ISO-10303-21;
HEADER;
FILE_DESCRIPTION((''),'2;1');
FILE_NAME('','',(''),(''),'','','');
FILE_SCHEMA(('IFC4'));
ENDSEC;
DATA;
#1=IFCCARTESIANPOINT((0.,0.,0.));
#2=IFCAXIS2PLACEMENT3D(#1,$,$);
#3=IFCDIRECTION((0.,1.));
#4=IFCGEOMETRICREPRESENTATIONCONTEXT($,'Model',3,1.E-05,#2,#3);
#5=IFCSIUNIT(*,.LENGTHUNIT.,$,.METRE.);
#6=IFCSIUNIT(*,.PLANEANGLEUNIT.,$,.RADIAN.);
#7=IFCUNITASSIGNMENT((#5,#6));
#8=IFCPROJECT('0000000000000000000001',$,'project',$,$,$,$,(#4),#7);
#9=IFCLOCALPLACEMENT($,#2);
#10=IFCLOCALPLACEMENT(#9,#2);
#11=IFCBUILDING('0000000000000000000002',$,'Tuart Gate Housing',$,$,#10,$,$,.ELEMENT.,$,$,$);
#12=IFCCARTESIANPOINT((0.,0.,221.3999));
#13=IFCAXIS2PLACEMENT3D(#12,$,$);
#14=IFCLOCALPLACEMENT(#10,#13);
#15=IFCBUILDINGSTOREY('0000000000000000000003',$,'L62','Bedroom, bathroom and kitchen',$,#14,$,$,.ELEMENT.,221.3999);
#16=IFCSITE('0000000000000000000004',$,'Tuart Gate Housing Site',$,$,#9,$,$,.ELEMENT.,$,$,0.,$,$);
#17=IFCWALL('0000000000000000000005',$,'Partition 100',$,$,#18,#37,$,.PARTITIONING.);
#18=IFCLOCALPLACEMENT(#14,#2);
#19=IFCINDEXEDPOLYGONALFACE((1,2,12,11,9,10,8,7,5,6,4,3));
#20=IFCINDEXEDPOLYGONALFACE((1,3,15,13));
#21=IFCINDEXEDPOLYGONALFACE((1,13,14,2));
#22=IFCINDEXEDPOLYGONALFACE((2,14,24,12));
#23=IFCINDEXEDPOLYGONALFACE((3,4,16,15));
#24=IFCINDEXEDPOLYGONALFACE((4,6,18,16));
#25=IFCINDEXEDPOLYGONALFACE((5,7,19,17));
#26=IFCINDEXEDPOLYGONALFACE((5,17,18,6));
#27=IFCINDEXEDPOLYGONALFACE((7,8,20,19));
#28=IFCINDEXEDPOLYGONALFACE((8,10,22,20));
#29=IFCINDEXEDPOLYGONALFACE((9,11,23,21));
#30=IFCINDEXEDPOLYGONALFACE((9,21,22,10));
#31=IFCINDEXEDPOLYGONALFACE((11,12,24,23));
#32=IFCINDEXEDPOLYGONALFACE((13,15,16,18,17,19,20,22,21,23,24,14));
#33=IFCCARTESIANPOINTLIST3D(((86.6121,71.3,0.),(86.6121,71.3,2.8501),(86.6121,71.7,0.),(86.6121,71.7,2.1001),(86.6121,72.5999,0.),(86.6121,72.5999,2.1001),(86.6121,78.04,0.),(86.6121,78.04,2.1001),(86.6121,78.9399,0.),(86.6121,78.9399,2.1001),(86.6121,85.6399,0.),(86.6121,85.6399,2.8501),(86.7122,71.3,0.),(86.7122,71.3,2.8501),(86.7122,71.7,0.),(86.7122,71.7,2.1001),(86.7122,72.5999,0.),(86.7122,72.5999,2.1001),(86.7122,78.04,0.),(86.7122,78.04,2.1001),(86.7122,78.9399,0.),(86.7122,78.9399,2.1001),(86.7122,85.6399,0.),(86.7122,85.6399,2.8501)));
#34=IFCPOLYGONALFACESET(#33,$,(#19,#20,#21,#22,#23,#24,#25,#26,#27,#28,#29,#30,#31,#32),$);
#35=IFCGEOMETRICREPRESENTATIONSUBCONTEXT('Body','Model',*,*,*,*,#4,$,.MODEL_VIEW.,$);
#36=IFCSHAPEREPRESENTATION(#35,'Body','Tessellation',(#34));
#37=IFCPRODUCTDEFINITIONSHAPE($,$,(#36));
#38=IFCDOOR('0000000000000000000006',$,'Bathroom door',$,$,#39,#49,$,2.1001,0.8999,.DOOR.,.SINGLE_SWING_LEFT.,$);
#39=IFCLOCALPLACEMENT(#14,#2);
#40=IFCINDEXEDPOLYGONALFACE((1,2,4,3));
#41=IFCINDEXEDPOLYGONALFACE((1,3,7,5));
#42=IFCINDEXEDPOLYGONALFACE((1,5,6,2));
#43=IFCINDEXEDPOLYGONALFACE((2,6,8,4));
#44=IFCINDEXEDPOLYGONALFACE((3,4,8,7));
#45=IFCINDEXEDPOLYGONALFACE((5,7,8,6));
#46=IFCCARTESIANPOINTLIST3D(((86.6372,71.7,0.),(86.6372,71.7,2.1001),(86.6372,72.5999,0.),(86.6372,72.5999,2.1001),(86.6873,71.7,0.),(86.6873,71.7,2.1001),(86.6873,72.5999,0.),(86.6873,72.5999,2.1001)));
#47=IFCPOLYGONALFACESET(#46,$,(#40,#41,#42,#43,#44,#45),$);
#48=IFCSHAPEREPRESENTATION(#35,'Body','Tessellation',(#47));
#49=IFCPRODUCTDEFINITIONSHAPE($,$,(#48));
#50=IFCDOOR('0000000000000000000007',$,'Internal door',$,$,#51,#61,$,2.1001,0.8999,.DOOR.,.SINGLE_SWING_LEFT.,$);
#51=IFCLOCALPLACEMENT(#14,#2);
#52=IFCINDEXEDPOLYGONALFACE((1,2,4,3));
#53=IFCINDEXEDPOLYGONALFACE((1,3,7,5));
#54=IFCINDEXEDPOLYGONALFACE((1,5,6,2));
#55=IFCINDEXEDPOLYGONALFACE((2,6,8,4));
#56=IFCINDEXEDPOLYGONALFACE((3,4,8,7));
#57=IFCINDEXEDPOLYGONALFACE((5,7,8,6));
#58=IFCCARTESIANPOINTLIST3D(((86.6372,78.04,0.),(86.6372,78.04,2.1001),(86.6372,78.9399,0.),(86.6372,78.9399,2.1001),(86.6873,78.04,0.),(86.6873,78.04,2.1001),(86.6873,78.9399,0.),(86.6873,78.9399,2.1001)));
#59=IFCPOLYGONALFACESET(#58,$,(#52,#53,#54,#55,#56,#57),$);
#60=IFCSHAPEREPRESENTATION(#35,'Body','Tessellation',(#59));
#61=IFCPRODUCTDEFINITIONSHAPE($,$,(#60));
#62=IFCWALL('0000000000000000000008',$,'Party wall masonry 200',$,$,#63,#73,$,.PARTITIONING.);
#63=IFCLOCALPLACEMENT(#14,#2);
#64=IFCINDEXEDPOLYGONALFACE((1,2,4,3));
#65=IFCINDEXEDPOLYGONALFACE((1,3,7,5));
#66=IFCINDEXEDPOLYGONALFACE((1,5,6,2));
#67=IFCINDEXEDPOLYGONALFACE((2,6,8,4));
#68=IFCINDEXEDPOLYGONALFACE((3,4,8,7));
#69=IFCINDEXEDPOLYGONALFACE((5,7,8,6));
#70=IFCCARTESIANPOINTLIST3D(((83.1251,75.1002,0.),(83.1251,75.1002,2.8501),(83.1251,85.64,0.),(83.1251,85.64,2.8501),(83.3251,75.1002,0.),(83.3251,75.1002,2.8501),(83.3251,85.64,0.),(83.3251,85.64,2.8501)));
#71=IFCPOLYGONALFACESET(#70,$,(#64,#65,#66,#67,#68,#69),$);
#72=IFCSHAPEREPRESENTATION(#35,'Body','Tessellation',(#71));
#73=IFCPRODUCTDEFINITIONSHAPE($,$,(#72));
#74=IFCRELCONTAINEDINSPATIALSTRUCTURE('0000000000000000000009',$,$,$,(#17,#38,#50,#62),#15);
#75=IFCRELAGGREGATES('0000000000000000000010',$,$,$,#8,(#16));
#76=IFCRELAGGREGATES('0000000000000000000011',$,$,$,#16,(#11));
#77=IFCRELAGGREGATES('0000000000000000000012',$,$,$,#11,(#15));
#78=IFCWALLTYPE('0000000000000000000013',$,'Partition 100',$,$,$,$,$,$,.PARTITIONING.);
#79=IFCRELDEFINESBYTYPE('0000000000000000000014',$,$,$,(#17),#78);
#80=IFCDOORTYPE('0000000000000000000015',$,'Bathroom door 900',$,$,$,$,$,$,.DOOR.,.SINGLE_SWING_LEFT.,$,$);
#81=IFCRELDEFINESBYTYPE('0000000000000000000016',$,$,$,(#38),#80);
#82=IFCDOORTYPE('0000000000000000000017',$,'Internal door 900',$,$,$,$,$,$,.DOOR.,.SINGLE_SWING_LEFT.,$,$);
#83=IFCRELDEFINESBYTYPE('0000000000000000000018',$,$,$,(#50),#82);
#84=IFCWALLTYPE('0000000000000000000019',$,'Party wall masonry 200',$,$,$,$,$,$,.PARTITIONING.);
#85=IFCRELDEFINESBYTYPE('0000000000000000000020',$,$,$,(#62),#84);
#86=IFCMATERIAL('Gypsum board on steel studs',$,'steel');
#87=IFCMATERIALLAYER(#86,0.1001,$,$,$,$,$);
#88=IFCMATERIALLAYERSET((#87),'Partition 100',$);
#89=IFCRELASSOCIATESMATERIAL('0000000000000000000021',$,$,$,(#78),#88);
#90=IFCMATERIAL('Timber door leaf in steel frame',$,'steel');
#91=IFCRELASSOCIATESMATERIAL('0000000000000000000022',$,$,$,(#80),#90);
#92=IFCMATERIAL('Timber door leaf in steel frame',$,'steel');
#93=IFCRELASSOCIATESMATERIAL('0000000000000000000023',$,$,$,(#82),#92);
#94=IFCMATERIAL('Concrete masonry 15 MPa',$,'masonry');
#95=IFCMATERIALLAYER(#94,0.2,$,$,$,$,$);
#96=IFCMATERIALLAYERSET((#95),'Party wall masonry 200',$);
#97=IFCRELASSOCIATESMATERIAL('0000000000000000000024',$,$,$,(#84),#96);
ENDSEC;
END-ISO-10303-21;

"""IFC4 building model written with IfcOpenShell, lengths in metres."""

from ifc_helpers import new_model, si_unit, direction, frame, frame_2d, origin, place, context, subcontext, project, spatial, rectangle, extrude, material, layer, layer_set, type_object, element, fill, save


model = new_model("IFC4")

# Units and contexts
model_context = context("Model", 3, precision=1e-05, world=origin(), true_north=direction((0.0, 1.0)))
body_context = subcontext(model_context, "Body", "Model", "MODEL_VIEW")
ifc_project = project(units=[si_unit("LENGTHUNIT", "METRE"), si_unit("PLANEANGLEUNIT", "RADIAN")], contexts=[model_context])

# Site, building, storey
site_placement = place(None, origin())
site = spatial("IfcSite", under=ifc_project, at=site_placement, Name="Tuart Gate Housing Site", CompositionType="ELEMENT", RefElevation=0.0)
building_placement = place(site_placement, origin())
building = spatial("IfcBuilding", under=site, at=building_placement, Name="Tuart Gate Housing", CompositionType="ELEMENT")
storey_placement = place(building_placement, frame((0.0, 0.0, 221.3999)))
storey = spatial("IfcBuildingStorey", under=building, at=storey_placement, Name="L62", Description="Bedroom, bathroom and kitchen", CompositionType="ELEMENT", Elevation=221.3999)

# Shared definitions
ifc_material_1 = material(Name="Gypsum board on steel studs", Category="steel")
ifc_layer_1 = layer(ifc_material_1, 0.1001)
ifc_layer_set_1 = layer_set([ifc_layer_1], Name="Partition 100")
wall_type_1 = type_object("IfcWallType", Name="Partition 100", PredefinedType="PARTITIONING", material=ifc_layer_set_1)

# Wall, openings, doors
wall_1_placement = place(storey_placement, frame((86.6621, 71.3, 0.0), z_axis=(0.0, 0.0, 1.0), x_axis=(0.0, 1.0, 0.0)))
wall_1 = element("IfcWall", 1, at=wall_1_placement, inside=storey, type_object=wall_type_1, Name="Partition 100", PredefinedType="PARTITIONING", context=body_context, shape_type="SweptSolid", body=[
    extrude(rectangle(XDim=14.3398, YDim=0.1001, at=frame_2d((7.1699, 0.0))), origin(), (0.0, 0.0, 1.0), 2.8501),
])
opening_1_placement = place(wall_1_placement, frame((6.74, 0.0, 0.0)))
opening_1 = element("IfcOpeningElement", 2, at=opening_1_placement, cuts=wall_1, PredefinedType="OPENING", context=body_context, shape_type="SweptSolid", body=[
    extrude(rectangle(XDim=0.8999, YDim=2.1001, at=frame_2d((0.45, 1.05))), frame((0.0, 0.0601, 0.0), z_axis=(0.0, -1.0, 0.0), x_axis=(1.0, 0.0, 0.0)), (0.0, 0.0, 1.0), 0.1201),
])
opening_2_placement = place(wall_1_placement, frame((0.3999, 0.0, 0.0)))
opening_2 = element("IfcOpeningElement", 3, at=opening_2_placement, cuts=wall_1, PredefinedType="OPENING", context=body_context, shape_type="SweptSolid", body=[
    extrude(rectangle(XDim=0.8999, YDim=2.1001, at=frame_2d((0.45, 1.05))), frame((0.0, 0.0601, 0.0), z_axis=(0.0, -1.0, 0.0), x_axis=(1.0, 0.0, 0.0)), (0.0, 0.0, 1.0), 0.1201),
])
ifc_material_2 = material(Name="Timber door leaf in steel frame", Category="steel")
door_type_1 = type_object("IfcDoorType", Name="Bathroom door 900", OperationType="SINGLE_SWING_LEFT", PredefinedType="DOOR", material=ifc_material_2)
door_1_placement = place(opening_2_placement, origin())
door_1 = element("IfcDoor", 4, at=door_1_placement, inside=storey, type_object=door_type_1, Name="Bathroom door", OperationType="SINGLE_SWING_LEFT", OverallHeight=2.1001, OverallWidth=0.8999, PredefinedType="DOOR", context=body_context, shape_type="SweptSolid", body=[
    extrude(rectangle(XDim=0.8999, YDim=2.1001, at=frame_2d((0.45, 1.05))), frame((0.0, 0.0249, 0.0), z_axis=(0.0, -1.0, 0.0), x_axis=(1.0, 0.0, 0.0)), (0.0, 0.0, 1.0), 0.05),
])
fill(opening_2, door_1)
ifc_material_3 = material(Name="Timber door leaf in steel frame", Category="steel")
door_type_2 = type_object("IfcDoorType", Name="Internal door 900", OperationType="SINGLE_SWING_LEFT", PredefinedType="DOOR", material=ifc_material_3)
door_2_placement = place(opening_1_placement, origin())
door_2 = element("IfcDoor", 5, at=door_2_placement, inside=storey, type_object=door_type_2, Name="Internal door", OperationType="SINGLE_SWING_LEFT", OverallHeight=2.1001, OverallWidth=0.8999, PredefinedType="DOOR", context=body_context, shape_type="SweptSolid", body=[
    extrude(rectangle(XDim=0.8999, YDim=2.1001, at=frame_2d((0.45, 1.05))), frame((0.0, 0.0249, 0.0), z_axis=(0.0, -1.0, 0.0), x_axis=(1.0, 0.0, 0.0)), (0.0, 0.0, 1.0), 0.05),
])
fill(opening_1, door_2)

# Wall
ifc_material_4 = material(Name="Concrete masonry 15 MPa", Category="masonry")
ifc_layer_2 = layer(ifc_material_4, 0.2)
ifc_layer_set_2 = layer_set([ifc_layer_2], Name="Party wall masonry 200")
wall_type_2 = type_object("IfcWallType", Name="Party wall masonry 200", PredefinedType="PARTITIONING", material=ifc_layer_set_2)
wall_2_placement = place(storey_placement, frame((83.2251, 75.1001, 0.0), z_axis=(0.0, 0.0, 1.0), x_axis=(0.0, 1.0, 0.0)))
element("IfcWall", 6, at=wall_2_placement, inside=storey, type_object=wall_type_2, Name="Party wall masonry 200", PredefinedType="PARTITIONING", context=body_context, shape_type="SweptSolid", body=[
    extrude(rectangle(XDim=10.5398, YDim=0.2, at=frame_2d((5.27, 0.0))), origin(), (0.0, 0.0, 1.0), 2.8501),
])

save(model, "model.ifc")
